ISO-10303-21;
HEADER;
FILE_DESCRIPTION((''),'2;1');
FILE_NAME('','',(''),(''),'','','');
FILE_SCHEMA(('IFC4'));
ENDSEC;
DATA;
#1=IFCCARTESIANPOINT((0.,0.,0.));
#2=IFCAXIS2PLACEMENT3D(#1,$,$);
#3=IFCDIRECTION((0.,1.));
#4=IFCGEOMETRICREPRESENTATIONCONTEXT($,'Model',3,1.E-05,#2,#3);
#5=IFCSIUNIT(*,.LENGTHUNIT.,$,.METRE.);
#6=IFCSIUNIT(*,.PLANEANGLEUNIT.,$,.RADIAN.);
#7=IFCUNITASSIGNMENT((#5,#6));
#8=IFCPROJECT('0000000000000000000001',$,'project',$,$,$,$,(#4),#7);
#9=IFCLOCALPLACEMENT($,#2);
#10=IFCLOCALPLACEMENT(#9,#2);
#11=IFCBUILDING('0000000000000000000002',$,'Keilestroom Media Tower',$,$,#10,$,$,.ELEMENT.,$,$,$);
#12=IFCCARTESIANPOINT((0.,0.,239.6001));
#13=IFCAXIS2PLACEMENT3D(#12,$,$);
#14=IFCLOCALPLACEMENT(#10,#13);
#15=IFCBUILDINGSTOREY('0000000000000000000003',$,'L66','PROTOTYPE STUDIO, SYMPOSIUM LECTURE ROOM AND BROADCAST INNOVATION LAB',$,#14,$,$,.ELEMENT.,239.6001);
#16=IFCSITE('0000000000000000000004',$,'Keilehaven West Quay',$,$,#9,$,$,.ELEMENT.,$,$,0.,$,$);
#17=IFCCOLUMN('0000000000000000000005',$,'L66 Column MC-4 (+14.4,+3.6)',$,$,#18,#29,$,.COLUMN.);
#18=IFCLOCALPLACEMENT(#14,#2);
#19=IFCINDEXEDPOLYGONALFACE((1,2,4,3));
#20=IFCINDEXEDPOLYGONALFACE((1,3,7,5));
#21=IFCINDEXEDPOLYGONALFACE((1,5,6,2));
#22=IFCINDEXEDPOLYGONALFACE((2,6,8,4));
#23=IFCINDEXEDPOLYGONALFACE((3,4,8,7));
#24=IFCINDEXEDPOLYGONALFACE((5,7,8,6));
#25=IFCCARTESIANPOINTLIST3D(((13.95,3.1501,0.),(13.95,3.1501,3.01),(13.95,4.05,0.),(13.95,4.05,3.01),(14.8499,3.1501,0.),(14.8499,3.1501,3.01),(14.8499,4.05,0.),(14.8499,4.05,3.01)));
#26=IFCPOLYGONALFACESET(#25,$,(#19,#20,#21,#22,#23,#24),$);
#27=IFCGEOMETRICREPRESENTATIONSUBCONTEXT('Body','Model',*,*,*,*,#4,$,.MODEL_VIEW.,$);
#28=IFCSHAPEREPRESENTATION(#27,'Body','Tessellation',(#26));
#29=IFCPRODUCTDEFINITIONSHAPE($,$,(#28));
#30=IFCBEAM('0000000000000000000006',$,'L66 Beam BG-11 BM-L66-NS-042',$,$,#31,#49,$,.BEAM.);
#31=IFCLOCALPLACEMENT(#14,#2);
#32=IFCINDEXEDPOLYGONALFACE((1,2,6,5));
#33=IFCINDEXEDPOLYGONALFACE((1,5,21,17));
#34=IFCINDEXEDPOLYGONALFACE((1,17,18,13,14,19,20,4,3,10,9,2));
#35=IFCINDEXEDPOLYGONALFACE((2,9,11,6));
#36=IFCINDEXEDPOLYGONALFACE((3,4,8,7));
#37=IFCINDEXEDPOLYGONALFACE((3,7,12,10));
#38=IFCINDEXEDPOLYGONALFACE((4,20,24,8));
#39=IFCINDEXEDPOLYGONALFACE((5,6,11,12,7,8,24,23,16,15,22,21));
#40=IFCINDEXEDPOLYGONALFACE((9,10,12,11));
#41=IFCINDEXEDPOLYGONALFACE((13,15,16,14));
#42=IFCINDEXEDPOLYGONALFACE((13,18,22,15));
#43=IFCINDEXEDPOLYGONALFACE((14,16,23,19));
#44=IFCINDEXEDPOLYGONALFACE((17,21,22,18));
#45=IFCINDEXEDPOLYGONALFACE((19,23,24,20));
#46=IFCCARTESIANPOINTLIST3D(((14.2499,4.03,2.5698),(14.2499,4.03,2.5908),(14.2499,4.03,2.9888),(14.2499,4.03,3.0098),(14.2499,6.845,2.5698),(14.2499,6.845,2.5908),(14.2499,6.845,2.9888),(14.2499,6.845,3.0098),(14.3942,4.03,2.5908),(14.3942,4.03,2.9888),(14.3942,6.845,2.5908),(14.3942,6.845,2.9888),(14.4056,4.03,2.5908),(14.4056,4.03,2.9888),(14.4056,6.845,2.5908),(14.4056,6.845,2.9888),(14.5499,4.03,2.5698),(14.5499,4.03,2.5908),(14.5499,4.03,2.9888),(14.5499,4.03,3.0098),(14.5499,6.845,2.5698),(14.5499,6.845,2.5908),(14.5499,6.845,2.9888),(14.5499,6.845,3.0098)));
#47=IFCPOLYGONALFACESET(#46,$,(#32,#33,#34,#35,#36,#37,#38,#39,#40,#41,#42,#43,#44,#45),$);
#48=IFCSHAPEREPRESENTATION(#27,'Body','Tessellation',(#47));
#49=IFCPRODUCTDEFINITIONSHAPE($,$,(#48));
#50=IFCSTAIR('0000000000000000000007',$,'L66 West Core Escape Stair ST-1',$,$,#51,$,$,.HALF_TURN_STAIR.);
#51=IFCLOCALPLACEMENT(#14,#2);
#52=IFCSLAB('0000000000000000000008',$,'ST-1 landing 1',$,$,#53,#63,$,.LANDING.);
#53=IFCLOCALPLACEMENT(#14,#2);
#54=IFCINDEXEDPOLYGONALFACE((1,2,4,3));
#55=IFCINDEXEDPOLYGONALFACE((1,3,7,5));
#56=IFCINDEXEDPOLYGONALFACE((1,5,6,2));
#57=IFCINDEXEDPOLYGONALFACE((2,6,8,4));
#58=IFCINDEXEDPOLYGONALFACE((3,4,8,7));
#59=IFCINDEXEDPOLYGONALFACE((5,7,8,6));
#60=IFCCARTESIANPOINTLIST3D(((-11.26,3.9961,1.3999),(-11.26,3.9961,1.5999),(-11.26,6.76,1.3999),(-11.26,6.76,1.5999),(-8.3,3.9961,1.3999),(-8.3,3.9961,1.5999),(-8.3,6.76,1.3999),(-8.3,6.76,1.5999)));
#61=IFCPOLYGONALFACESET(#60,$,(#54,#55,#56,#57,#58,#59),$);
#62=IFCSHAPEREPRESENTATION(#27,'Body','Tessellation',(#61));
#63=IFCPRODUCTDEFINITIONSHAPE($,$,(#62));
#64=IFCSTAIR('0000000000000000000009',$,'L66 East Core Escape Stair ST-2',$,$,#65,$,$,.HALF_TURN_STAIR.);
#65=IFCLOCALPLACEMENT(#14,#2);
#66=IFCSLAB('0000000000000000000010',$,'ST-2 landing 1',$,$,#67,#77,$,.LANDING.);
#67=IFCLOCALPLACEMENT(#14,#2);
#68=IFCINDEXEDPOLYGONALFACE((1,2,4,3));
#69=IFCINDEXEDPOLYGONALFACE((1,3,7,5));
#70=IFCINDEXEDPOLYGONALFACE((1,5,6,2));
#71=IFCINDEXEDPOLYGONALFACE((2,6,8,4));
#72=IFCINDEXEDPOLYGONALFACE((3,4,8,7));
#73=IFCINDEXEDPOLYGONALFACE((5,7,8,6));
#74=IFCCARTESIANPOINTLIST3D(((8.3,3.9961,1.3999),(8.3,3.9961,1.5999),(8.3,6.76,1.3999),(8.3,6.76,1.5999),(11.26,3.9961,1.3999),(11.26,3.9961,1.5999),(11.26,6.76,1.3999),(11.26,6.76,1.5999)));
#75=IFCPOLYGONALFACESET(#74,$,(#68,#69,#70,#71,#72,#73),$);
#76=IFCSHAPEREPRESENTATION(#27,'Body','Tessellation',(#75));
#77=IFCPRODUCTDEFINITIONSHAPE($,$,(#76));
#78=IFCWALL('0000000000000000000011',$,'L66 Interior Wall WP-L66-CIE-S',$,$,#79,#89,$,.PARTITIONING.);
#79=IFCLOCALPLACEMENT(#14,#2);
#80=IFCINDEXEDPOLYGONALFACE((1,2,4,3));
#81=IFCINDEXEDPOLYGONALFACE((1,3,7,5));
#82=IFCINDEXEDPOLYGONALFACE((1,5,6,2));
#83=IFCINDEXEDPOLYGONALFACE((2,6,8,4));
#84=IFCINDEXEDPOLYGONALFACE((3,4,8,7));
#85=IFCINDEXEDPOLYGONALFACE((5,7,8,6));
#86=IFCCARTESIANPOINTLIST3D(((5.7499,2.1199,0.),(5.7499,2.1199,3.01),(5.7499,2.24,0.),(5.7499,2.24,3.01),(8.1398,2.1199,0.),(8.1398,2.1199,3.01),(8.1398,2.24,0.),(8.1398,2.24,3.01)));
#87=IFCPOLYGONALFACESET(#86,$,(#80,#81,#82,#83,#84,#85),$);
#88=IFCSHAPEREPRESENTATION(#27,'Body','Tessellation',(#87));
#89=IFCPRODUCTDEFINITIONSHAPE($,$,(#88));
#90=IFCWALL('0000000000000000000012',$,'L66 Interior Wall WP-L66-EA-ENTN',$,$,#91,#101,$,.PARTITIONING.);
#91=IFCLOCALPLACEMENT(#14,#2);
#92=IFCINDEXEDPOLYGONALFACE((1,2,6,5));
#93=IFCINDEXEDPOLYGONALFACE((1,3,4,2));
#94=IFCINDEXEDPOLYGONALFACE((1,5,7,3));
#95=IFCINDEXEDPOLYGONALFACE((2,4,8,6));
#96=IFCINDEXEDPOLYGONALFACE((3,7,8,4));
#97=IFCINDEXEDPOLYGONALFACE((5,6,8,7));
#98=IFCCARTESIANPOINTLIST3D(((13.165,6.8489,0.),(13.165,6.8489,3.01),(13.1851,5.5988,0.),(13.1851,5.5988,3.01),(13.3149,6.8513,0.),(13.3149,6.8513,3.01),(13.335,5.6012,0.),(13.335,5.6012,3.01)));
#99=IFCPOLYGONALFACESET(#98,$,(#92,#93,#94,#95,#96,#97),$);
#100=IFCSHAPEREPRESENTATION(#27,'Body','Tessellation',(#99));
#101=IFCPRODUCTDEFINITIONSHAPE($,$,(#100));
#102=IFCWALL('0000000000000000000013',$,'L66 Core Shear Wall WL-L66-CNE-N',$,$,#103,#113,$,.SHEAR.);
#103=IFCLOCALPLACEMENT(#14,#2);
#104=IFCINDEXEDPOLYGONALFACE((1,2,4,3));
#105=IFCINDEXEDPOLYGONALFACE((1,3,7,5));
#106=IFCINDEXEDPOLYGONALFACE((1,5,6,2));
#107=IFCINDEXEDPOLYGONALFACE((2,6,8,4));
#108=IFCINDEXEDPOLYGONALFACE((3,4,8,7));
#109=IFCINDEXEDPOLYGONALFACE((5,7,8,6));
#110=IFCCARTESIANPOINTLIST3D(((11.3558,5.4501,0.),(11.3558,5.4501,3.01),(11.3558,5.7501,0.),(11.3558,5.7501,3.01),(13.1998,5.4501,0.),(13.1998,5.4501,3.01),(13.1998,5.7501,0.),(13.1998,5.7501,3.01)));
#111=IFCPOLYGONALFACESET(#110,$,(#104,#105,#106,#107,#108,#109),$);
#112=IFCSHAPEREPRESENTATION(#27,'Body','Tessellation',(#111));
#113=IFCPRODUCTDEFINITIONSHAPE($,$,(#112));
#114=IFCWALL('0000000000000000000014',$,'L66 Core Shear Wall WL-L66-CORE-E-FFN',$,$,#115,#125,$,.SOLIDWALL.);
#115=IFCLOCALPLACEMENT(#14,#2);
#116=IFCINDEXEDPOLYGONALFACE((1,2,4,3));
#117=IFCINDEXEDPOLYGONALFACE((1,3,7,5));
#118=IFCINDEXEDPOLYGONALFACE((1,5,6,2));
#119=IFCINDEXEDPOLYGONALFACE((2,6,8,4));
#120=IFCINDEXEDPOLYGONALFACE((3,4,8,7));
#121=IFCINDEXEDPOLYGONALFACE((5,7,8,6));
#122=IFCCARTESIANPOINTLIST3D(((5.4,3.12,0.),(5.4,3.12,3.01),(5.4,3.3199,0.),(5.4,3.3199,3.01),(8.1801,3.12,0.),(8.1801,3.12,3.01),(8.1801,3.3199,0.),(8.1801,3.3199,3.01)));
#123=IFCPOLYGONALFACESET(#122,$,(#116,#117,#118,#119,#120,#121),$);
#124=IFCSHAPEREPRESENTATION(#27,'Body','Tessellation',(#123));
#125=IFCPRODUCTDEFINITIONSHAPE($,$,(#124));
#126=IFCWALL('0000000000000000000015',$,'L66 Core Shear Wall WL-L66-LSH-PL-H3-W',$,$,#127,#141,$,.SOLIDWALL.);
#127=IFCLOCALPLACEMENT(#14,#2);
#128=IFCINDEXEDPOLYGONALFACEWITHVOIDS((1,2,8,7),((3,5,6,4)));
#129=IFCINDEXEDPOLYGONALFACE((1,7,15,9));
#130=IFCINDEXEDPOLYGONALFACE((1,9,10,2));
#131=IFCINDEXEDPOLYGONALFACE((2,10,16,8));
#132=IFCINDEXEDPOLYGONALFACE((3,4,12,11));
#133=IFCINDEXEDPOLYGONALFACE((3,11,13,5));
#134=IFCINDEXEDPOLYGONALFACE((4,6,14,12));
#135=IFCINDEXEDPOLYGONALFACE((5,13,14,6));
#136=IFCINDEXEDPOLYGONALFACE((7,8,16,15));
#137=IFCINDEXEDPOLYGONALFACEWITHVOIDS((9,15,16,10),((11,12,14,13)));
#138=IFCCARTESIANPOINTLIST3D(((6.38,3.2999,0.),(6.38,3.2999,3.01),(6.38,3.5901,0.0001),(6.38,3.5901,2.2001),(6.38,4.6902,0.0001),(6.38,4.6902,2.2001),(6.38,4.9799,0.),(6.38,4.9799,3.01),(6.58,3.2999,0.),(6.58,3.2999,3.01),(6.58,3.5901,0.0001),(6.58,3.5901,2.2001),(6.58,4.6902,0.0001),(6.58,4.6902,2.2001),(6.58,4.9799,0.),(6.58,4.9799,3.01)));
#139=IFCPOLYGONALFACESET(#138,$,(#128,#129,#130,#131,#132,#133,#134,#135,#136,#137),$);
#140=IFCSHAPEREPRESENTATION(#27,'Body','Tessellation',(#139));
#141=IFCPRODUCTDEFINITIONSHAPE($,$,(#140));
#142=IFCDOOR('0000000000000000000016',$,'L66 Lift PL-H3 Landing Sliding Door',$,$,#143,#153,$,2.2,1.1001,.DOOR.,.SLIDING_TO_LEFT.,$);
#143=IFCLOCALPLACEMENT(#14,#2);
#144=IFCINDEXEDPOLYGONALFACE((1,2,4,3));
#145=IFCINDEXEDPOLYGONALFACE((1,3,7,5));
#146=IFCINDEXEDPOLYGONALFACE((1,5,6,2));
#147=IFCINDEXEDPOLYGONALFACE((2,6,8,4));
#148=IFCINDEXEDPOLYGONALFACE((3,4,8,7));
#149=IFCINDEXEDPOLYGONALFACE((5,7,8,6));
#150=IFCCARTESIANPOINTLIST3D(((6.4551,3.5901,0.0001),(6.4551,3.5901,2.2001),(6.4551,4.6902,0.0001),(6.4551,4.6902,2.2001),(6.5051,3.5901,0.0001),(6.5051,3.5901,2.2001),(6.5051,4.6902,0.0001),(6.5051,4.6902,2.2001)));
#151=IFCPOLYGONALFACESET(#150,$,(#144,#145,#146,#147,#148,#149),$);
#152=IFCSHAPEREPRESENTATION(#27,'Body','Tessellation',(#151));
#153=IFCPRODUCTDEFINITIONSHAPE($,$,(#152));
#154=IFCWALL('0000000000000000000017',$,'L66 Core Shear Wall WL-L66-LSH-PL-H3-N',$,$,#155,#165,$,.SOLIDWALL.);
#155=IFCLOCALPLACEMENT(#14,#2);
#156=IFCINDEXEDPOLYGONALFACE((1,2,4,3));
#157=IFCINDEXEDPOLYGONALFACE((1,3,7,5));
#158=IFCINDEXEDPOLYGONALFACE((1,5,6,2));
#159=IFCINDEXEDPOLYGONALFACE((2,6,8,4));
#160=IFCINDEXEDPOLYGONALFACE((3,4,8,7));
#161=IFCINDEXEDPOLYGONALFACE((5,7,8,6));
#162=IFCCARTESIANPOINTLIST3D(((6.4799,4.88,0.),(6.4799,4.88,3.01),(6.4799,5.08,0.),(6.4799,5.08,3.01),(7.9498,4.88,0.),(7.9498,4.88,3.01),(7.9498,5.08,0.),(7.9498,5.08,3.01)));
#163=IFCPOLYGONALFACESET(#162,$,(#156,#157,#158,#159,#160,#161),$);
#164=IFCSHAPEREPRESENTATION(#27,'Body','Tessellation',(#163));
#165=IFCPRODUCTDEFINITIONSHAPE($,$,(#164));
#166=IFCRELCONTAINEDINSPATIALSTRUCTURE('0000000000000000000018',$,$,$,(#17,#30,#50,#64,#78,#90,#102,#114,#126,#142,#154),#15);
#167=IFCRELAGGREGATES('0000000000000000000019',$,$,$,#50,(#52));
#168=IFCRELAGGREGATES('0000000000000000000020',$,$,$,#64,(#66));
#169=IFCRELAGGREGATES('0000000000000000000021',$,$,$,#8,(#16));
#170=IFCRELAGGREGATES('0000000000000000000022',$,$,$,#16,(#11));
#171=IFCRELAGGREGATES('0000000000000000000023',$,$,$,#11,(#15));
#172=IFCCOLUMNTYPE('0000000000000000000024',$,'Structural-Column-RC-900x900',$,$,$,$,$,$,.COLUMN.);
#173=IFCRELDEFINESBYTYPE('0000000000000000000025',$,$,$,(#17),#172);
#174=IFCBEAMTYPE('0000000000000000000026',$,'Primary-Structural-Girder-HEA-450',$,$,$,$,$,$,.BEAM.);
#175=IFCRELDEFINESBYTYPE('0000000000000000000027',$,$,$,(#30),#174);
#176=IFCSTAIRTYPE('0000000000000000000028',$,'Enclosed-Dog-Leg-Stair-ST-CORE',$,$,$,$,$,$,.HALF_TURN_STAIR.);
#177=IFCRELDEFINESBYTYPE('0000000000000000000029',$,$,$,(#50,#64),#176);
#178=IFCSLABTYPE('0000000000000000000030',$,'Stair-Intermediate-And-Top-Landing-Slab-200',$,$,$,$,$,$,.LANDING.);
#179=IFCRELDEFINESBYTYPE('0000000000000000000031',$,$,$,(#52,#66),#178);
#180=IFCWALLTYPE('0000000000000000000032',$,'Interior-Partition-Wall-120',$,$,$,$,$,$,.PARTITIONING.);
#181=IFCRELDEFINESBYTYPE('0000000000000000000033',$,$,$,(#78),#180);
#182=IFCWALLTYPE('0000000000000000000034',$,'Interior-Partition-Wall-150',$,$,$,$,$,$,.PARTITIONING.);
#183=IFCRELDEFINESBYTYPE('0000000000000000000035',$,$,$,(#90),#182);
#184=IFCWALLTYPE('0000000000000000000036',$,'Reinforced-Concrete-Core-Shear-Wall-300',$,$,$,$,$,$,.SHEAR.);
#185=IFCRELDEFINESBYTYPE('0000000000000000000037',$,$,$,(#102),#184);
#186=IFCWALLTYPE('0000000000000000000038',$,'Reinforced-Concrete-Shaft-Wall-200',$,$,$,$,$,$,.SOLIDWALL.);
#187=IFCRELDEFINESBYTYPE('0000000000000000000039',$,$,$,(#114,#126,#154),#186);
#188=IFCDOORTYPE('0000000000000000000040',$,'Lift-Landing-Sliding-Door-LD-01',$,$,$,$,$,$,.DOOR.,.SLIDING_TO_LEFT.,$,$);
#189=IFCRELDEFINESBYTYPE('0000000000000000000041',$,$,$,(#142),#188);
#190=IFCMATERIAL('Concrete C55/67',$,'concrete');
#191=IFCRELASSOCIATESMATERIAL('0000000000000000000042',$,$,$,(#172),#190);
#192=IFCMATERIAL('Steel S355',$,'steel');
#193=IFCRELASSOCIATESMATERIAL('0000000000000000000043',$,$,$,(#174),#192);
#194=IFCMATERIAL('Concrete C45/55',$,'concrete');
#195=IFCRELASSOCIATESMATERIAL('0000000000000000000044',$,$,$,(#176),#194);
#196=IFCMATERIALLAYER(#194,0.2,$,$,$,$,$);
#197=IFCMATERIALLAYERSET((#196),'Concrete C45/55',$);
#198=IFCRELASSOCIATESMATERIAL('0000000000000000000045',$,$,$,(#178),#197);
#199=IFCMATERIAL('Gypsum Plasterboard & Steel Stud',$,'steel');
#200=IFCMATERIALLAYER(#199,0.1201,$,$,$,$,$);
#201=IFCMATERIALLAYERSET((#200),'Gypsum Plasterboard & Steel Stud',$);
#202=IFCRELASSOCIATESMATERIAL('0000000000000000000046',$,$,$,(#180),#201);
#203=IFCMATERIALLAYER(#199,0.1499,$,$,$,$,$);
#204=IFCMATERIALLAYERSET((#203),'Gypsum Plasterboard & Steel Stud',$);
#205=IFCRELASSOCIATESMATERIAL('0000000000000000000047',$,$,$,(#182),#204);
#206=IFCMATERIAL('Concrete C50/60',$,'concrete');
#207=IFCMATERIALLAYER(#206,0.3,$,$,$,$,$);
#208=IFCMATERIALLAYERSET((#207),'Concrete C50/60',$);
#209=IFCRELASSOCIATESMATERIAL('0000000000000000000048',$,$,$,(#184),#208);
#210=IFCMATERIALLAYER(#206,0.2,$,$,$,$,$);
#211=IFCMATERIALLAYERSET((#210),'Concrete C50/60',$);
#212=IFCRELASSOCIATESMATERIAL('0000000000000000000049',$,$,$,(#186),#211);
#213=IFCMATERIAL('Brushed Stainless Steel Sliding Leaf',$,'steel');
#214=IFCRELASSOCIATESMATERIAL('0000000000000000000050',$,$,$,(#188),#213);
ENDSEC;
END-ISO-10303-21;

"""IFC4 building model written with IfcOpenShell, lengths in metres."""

from ifc_helpers import new_model, si_unit, direction, frame, frame_2d, origin, origin_2d, place, context, subcontext, project, spatial, polyline, rectangle, i_section, outline, extrude, source, transform, mapped, material, layer, layer_set, material_profile, profile_set, type_object, element, fill, aggregate, save


model = new_model("IFC4")

# Units and contexts
model_context = context("Model", 3, precision=1e-05, world=origin(), true_north=direction((0.0, 1.0)))
body_context = subcontext(model_context, "Body", "Model", "MODEL_VIEW")
ifc_project = project(units=[si_unit("LENGTHUNIT", "METRE"), si_unit("PLANEANGLEUNIT", "RADIAN")], contexts=[model_context])

# Site, building, storey
site_placement = place(None, origin())
site = spatial("IfcSite", under=ifc_project, at=site_placement, Name="Keilehaven West Quay", CompositionType="ELEMENT", RefElevation=0.0)
building_placement = place(site_placement, origin())
building = spatial("IfcBuilding", under=site, at=building_placement, Name="Keilestroom Media Tower", CompositionType="ELEMENT")
storey_placement = place(building_placement, frame((0.0, 0.0, 239.6001)))
storey = spatial("IfcBuildingStorey", under=building, at=storey_placement, Name="L66", Description="PROTOTYPE STUDIO, SYMPOSIUM LECTURE ROOM AND BROADCAST INNOVATION LAB", CompositionType="ELEMENT", Elevation=239.6001)

# Column
ifc_material_1 = material(Name="Concrete C55/67", Category="concrete")
ifc_material_profile_1 = material_profile(ifc_material_1, rectangle(XDim=0.8999, YDim=0.8999, at=origin_2d()), Name="RC 900x900")
ifc_profile_set_1 = profile_set([ifc_material_profile_1], Name="Concrete C55/67")
column_type = type_object("IfcColumnType", Name="Structural-Column-RC-900x900", PredefinedType="COLUMN", material=ifc_profile_set_1)
shared_shape_1 = source(origin(), body_context, "Body", "SweptSolid", [
    extrude(rectangle(XDim=0.8999, YDim=0.8999, at=origin_2d()), origin(), (0.0, 0.0, 1.0), 3.01),
])
column_placement = place(storey_placement, frame((14.3999, 3.6001, 0.0), z_axis=(0.0, 0.0, 1.0), x_axis=(1.0, 0.0, 0.0)))
element("IfcColumn", 1, at=column_placement, inside=storey, type_object=column_type, Name="L66 Column MC-4 (+14.4,+3.6)", PredefinedType="COLUMN", context=body_context, shape_type="MappedRepresentation", body=[
    mapped(shared_shape_1, transform((0.0, 0.0, 0.0), x_axis=(1.0, 0.0, 0.0), y_axis=(0.0, 1.0, 0.0), z_axis=(0.0, 0.0, 1.0), scale=1.0)),
])

# Beam
ifc_material_2 = material(Name="Steel S355", Category="steel")
ifc_material_profile_2 = material_profile(ifc_material_2, i_section(OverallWidth=0.3, OverallDepth=0.4399, WebThickness=0.0115, FlangeThickness=0.021, at=origin_2d()), Name="HEA 450")
ifc_profile_set_2 = profile_set([ifc_material_profile_2], Name="Steel S355")
beam_type = type_object("IfcBeamType", Name="Primary-Structural-Girder-HEA-450", PredefinedType="BEAM", material=ifc_profile_set_2)
shared_shape_2 = source(origin(), body_context, "Body", "SweptSolid", [
    extrude(i_section(OverallWidth=0.3, OverallDepth=0.4399, WebThickness=0.0115, FlangeThickness=0.021, at=origin_2d()), origin(), (0.0, 0.0, 1.0), 2.8149),
])
beam_placement = place(storey_placement, frame((14.3999, 4.03, 2.7898), z_axis=(0.0, 1.0, 0.0), x_axis=(-1.0, 0.0, 0.0)))
element("IfcBeam", 2, at=beam_placement, inside=storey, type_object=beam_type, Name="L66 Beam BG-11 BM-L66-NS-042", PredefinedType="BEAM", context=body_context, shape_type="MappedRepresentation", body=[
    mapped(shared_shape_2, transform((0.0, 0.0, 0.0), x_axis=(1.0, 0.0, 0.0), y_axis=(0.0, 1.0, 0.0), z_axis=(0.0, 0.0, 1.0), scale=1.0)),
])

# Stairs, slabs
ifc_material_3 = material(Name="Concrete C45/55", Category="concrete")
stair_type = type_object("IfcStairType", Name="Enclosed-Dog-Leg-Stair-ST-CORE", PredefinedType="HALF_TURN_STAIR", material=ifc_material_3)
stair_1_placement = place(storey_placement, origin())
stair_1 = element("IfcStair", 3, at=stair_1_placement, inside=storey, type_object=stair_type, Name="L66 West Core Escape Stair ST-1", PredefinedType="HALF_TURN_STAIR")
ifc_layer_1 = layer(ifc_material_3, 0.2)
ifc_layer_set_1 = layer_set([ifc_layer_1], Name="Concrete C45/55")
slab_type = type_object("IfcSlabType", Name="Stair-Intermediate-And-Top-Landing-Slab-200", PredefinedType="LANDING", material=ifc_layer_set_1)
slab_1_placement = place(storey_placement, frame((0.0, 0.0, 1.3999)))
slab_1 = element("IfcSlab", 4, at=slab_1_placement, type_object=slab_type, Name="ST-1 landing 1", PredefinedType="LANDING", context=body_context, shape_type="SweptSolid", body=[
    extrude(outline(polyline([(-8.3, 3.9961), (-8.3, 6.76), (-11.26, 6.76), (-11.26, 3.9961), (-8.3, 3.9961)])), origin(), (0.0, 0.0, 1.0), 0.2),
])
aggregate(stair_1, [slab_1])
stair_2_placement = place(storey_placement, origin())
stair_2 = element("IfcStair", 5, at=stair_2_placement, inside=storey, type_object=stair_type, Name="L66 East Core Escape Stair ST-2", PredefinedType="HALF_TURN_STAIR")
slab_2_placement = place(storey_placement, frame((0.0, 0.0, 1.3999)))
slab_2 = element("IfcSlab", 6, at=slab_2_placement, type_object=slab_type, Name="ST-2 landing 1", PredefinedType="LANDING", context=body_context, shape_type="SweptSolid", body=[
    extrude(outline(polyline([(11.26, 3.9961), (11.26, 6.76), (8.3, 6.76), (8.3, 3.9961), (11.26, 3.9961)])), origin(), (0.0, 0.0, 1.0), 0.2),
])

# Walls
ifc_material_4 = material(Name="Gypsum Plasterboard & Steel Stud", Category="steel")
ifc_layer_2 = layer(ifc_material_4, 0.1201)
ifc_layer_set_2 = layer_set([ifc_layer_2], Name="Gypsum Plasterboard & Steel Stud")
wall_type_1 = type_object("IfcWallType", Name="Interior-Partition-Wall-120", PredefinedType="PARTITIONING", material=ifc_layer_set_2)
wall_1_placement = place(storey_placement, frame((5.75, 2.1799, 0.0), z_axis=(0.0, 0.0, 1.0), x_axis=(1.0, 0.0, 0.0)))
element("IfcWall", 7, at=wall_1_placement, inside=storey, type_object=wall_type_1, Name="L66 Interior Wall WP-L66-CIE-S", PredefinedType="PARTITIONING", context=body_context, shape_type="SweptSolid", body=[
    extrude(rectangle(XDim=2.3899, YDim=0.1201, at=frame_2d((1.1948, 0.0))), origin(), (0.0, 0.0, 1.0), 3.01),
])
ifc_layer_3 = layer(ifc_material_4, 0.1499)
ifc_layer_set_3 = layer_set([ifc_layer_3], Name="Gypsum Plasterboard & Steel Stud")
wall_type_2 = type_object("IfcWallType", Name="Interior-Partition-Wall-150", PredefinedType="PARTITIONING", material=ifc_layer_set_3)
wall_2_placement = place(storey_placement, frame((13.26, 5.6001, 0.0), z_axis=(0.0, 0.0, 1.0), x_axis=(-0.016014, 0.999872, 0.0)))
element("IfcWall", 8, at=wall_2_placement, inside=storey, type_object=wall_type_2, Name="L66 Interior Wall WP-L66-EA-ENTN", PredefinedType="PARTITIONING", context=body_context, shape_type="SweptSolid", body=[
    extrude(rectangle(XDim=1.2502, YDim=0.1499, at=frame_2d((0.625, 0.0))), origin(), (0.0, 0.0, 1.0), 3.01),
])
ifc_material_5 = material(Name="Concrete C50/60", Category="concrete")
ifc_layer_4 = layer(ifc_material_5, 0.3)
ifc_layer_set_4 = layer_set([ifc_layer_4], Name="Concrete C50/60")
wall_type_3 = type_object("IfcWallType", Name="Reinforced-Concrete-Core-Shear-Wall-300", PredefinedType="SHEAR", material=ifc_layer_set_4)
wall_3_placement = place(storey_placement, frame((11.356, 5.6001, 0.0), z_axis=(0.0, 0.0, 1.0), x_axis=(1.0, 0.0, 0.0)))
element("IfcWall", 9, at=wall_3_placement, inside=storey, type_object=wall_type_3, Name="L66 Core Shear Wall WL-L66-CNE-N", PredefinedType="SHEAR", context=body_context, shape_type="SweptSolid", body=[
    extrude(rectangle(XDim=1.844, YDim=0.3, at=frame_2d((0.9219, 0.0))), origin(), (0.0, 0.0, 1.0), 3.01),
])
ifc_layer_5 = layer(ifc_material_5, 0.2)
ifc_layer_set_5 = layer_set([ifc_layer_5], Name="Concrete C50/60")
wall_type_4 = type_object("IfcWallType", Name="Reinforced-Concrete-Shaft-Wall-200", PredefinedType="SOLIDWALL", material=ifc_layer_set_5)
wall_4_placement = place(storey_placement, frame((5.3999, 3.22, 0.0), z_axis=(0.0, 0.0, 1.0), x_axis=(1.0, 0.0, 0.0)))
element("IfcWall", 10, at=wall_4_placement, inside=storey, type_object=wall_type_4, Name="L66 Core Shear Wall WL-L66-CORE-E-FFN", PredefinedType="SOLIDWALL", context=body_context, shape_type="SweptSolid", body=[
    extrude(rectangle(XDim=2.78, YDim=0.2, at=frame_2d((1.3901, 0.0))), origin(), (0.0, 0.0, 1.0), 3.01),
])

# Wall, opening, door
wall_5_placement = place(storey_placement, frame((6.48, 3.3, 0.0), z_axis=(0.0, 0.0, 1.0), x_axis=(0.0, 1.0, 0.0)))
wall_5 = element("IfcWall", 11, at=wall_5_placement, inside=storey, type_object=wall_type_4, Name="L66 Core Shear Wall WL-L66-LSH-PL-H3-W", PredefinedType="SOLIDWALL", context=body_context, shape_type="SweptSolid", body=[
    extrude(rectangle(XDim=1.6799, YDim=0.2, at=frame_2d((0.8398, 0.0))), origin(), (0.0, 0.0, 1.0), 3.01),
])
opening_1_placement = place(wall_5_placement, frame((0.29, 0.0, 0.0)))
opening_1 = element("IfcOpeningElement", 12, at=opening_1_placement, cuts=wall_5, PredefinedType="OPENING", context=body_context, shape_type="SweptSolid", body=[
    extrude(rectangle(XDim=1.1001, YDim=2.2, at=frame_2d((0.55, 1.1001))), frame((0.0, 0.1099, 0.0), z_axis=(0.0, -1.0, 0.0), x_axis=(1.0, 0.0, 0.0)), (0.0, 0.0, 1.0), 0.22),
])
ifc_material_6 = material(Name="Brushed Stainless Steel Sliding Leaf", Category="steel")
door_type = type_object("IfcDoorType", Name="Lift-Landing-Sliding-Door-LD-01", OperationType="SLIDING_TO_LEFT", PredefinedType="DOOR", material=ifc_material_6)
shared_shape_3 = source(origin(), body_context, "Body", "SweptSolid", [
    extrude(rectangle(XDim=1.1001, YDim=2.2, at=frame_2d((0.55, 1.1001))), frame((0.0, 0.0249, 0.0), z_axis=(0.0, -1.0, 0.0), x_axis=(1.0, 0.0, 0.0)), (0.0, 0.0, 1.0), 0.05),
])
door_1_placement = place(opening_1_placement, origin())
door_1 = element("IfcDoor", 13, at=door_1_placement, inside=storey, type_object=door_type, Name="L66 Lift PL-H3 Landing Sliding Door", OperationType="SLIDING_TO_LEFT", OverallHeight=2.2, OverallWidth=1.1001, PredefinedType="DOOR", context=body_context, shape_type="MappedRepresentation", body=[
    mapped(shared_shape_3, transform((0.0, 0.0, 0.0), x_axis=(1.0, 0.0, 0.0), y_axis=(0.0, 1.0, 0.0), z_axis=(0.0, 0.0, 1.0), scale=1.0)),
])
fill(opening_1, door_1)

# Wall
wall_6_placement = place(storey_placement, frame((6.48, 4.98, 0.0), z_axis=(0.0, 0.0, 1.0), x_axis=(1.0, 0.0, 0.0)))
element("IfcWall", 14, at=wall_6_placement, inside=storey, type_object=wall_type_4, Name="L66 Core Shear Wall WL-L66-LSH-PL-H3-N", PredefinedType="SOLIDWALL", context=body_context, shape_type="SweptSolid", body=[
    extrude(rectangle(XDim=1.47, YDim=0.2, at=frame_2d((0.7349, 0.0))), origin(), (0.0, 0.0, 1.0), 3.01),
])

aggregate(stair_2, [slab_2])

save(model, "model.ifc")
